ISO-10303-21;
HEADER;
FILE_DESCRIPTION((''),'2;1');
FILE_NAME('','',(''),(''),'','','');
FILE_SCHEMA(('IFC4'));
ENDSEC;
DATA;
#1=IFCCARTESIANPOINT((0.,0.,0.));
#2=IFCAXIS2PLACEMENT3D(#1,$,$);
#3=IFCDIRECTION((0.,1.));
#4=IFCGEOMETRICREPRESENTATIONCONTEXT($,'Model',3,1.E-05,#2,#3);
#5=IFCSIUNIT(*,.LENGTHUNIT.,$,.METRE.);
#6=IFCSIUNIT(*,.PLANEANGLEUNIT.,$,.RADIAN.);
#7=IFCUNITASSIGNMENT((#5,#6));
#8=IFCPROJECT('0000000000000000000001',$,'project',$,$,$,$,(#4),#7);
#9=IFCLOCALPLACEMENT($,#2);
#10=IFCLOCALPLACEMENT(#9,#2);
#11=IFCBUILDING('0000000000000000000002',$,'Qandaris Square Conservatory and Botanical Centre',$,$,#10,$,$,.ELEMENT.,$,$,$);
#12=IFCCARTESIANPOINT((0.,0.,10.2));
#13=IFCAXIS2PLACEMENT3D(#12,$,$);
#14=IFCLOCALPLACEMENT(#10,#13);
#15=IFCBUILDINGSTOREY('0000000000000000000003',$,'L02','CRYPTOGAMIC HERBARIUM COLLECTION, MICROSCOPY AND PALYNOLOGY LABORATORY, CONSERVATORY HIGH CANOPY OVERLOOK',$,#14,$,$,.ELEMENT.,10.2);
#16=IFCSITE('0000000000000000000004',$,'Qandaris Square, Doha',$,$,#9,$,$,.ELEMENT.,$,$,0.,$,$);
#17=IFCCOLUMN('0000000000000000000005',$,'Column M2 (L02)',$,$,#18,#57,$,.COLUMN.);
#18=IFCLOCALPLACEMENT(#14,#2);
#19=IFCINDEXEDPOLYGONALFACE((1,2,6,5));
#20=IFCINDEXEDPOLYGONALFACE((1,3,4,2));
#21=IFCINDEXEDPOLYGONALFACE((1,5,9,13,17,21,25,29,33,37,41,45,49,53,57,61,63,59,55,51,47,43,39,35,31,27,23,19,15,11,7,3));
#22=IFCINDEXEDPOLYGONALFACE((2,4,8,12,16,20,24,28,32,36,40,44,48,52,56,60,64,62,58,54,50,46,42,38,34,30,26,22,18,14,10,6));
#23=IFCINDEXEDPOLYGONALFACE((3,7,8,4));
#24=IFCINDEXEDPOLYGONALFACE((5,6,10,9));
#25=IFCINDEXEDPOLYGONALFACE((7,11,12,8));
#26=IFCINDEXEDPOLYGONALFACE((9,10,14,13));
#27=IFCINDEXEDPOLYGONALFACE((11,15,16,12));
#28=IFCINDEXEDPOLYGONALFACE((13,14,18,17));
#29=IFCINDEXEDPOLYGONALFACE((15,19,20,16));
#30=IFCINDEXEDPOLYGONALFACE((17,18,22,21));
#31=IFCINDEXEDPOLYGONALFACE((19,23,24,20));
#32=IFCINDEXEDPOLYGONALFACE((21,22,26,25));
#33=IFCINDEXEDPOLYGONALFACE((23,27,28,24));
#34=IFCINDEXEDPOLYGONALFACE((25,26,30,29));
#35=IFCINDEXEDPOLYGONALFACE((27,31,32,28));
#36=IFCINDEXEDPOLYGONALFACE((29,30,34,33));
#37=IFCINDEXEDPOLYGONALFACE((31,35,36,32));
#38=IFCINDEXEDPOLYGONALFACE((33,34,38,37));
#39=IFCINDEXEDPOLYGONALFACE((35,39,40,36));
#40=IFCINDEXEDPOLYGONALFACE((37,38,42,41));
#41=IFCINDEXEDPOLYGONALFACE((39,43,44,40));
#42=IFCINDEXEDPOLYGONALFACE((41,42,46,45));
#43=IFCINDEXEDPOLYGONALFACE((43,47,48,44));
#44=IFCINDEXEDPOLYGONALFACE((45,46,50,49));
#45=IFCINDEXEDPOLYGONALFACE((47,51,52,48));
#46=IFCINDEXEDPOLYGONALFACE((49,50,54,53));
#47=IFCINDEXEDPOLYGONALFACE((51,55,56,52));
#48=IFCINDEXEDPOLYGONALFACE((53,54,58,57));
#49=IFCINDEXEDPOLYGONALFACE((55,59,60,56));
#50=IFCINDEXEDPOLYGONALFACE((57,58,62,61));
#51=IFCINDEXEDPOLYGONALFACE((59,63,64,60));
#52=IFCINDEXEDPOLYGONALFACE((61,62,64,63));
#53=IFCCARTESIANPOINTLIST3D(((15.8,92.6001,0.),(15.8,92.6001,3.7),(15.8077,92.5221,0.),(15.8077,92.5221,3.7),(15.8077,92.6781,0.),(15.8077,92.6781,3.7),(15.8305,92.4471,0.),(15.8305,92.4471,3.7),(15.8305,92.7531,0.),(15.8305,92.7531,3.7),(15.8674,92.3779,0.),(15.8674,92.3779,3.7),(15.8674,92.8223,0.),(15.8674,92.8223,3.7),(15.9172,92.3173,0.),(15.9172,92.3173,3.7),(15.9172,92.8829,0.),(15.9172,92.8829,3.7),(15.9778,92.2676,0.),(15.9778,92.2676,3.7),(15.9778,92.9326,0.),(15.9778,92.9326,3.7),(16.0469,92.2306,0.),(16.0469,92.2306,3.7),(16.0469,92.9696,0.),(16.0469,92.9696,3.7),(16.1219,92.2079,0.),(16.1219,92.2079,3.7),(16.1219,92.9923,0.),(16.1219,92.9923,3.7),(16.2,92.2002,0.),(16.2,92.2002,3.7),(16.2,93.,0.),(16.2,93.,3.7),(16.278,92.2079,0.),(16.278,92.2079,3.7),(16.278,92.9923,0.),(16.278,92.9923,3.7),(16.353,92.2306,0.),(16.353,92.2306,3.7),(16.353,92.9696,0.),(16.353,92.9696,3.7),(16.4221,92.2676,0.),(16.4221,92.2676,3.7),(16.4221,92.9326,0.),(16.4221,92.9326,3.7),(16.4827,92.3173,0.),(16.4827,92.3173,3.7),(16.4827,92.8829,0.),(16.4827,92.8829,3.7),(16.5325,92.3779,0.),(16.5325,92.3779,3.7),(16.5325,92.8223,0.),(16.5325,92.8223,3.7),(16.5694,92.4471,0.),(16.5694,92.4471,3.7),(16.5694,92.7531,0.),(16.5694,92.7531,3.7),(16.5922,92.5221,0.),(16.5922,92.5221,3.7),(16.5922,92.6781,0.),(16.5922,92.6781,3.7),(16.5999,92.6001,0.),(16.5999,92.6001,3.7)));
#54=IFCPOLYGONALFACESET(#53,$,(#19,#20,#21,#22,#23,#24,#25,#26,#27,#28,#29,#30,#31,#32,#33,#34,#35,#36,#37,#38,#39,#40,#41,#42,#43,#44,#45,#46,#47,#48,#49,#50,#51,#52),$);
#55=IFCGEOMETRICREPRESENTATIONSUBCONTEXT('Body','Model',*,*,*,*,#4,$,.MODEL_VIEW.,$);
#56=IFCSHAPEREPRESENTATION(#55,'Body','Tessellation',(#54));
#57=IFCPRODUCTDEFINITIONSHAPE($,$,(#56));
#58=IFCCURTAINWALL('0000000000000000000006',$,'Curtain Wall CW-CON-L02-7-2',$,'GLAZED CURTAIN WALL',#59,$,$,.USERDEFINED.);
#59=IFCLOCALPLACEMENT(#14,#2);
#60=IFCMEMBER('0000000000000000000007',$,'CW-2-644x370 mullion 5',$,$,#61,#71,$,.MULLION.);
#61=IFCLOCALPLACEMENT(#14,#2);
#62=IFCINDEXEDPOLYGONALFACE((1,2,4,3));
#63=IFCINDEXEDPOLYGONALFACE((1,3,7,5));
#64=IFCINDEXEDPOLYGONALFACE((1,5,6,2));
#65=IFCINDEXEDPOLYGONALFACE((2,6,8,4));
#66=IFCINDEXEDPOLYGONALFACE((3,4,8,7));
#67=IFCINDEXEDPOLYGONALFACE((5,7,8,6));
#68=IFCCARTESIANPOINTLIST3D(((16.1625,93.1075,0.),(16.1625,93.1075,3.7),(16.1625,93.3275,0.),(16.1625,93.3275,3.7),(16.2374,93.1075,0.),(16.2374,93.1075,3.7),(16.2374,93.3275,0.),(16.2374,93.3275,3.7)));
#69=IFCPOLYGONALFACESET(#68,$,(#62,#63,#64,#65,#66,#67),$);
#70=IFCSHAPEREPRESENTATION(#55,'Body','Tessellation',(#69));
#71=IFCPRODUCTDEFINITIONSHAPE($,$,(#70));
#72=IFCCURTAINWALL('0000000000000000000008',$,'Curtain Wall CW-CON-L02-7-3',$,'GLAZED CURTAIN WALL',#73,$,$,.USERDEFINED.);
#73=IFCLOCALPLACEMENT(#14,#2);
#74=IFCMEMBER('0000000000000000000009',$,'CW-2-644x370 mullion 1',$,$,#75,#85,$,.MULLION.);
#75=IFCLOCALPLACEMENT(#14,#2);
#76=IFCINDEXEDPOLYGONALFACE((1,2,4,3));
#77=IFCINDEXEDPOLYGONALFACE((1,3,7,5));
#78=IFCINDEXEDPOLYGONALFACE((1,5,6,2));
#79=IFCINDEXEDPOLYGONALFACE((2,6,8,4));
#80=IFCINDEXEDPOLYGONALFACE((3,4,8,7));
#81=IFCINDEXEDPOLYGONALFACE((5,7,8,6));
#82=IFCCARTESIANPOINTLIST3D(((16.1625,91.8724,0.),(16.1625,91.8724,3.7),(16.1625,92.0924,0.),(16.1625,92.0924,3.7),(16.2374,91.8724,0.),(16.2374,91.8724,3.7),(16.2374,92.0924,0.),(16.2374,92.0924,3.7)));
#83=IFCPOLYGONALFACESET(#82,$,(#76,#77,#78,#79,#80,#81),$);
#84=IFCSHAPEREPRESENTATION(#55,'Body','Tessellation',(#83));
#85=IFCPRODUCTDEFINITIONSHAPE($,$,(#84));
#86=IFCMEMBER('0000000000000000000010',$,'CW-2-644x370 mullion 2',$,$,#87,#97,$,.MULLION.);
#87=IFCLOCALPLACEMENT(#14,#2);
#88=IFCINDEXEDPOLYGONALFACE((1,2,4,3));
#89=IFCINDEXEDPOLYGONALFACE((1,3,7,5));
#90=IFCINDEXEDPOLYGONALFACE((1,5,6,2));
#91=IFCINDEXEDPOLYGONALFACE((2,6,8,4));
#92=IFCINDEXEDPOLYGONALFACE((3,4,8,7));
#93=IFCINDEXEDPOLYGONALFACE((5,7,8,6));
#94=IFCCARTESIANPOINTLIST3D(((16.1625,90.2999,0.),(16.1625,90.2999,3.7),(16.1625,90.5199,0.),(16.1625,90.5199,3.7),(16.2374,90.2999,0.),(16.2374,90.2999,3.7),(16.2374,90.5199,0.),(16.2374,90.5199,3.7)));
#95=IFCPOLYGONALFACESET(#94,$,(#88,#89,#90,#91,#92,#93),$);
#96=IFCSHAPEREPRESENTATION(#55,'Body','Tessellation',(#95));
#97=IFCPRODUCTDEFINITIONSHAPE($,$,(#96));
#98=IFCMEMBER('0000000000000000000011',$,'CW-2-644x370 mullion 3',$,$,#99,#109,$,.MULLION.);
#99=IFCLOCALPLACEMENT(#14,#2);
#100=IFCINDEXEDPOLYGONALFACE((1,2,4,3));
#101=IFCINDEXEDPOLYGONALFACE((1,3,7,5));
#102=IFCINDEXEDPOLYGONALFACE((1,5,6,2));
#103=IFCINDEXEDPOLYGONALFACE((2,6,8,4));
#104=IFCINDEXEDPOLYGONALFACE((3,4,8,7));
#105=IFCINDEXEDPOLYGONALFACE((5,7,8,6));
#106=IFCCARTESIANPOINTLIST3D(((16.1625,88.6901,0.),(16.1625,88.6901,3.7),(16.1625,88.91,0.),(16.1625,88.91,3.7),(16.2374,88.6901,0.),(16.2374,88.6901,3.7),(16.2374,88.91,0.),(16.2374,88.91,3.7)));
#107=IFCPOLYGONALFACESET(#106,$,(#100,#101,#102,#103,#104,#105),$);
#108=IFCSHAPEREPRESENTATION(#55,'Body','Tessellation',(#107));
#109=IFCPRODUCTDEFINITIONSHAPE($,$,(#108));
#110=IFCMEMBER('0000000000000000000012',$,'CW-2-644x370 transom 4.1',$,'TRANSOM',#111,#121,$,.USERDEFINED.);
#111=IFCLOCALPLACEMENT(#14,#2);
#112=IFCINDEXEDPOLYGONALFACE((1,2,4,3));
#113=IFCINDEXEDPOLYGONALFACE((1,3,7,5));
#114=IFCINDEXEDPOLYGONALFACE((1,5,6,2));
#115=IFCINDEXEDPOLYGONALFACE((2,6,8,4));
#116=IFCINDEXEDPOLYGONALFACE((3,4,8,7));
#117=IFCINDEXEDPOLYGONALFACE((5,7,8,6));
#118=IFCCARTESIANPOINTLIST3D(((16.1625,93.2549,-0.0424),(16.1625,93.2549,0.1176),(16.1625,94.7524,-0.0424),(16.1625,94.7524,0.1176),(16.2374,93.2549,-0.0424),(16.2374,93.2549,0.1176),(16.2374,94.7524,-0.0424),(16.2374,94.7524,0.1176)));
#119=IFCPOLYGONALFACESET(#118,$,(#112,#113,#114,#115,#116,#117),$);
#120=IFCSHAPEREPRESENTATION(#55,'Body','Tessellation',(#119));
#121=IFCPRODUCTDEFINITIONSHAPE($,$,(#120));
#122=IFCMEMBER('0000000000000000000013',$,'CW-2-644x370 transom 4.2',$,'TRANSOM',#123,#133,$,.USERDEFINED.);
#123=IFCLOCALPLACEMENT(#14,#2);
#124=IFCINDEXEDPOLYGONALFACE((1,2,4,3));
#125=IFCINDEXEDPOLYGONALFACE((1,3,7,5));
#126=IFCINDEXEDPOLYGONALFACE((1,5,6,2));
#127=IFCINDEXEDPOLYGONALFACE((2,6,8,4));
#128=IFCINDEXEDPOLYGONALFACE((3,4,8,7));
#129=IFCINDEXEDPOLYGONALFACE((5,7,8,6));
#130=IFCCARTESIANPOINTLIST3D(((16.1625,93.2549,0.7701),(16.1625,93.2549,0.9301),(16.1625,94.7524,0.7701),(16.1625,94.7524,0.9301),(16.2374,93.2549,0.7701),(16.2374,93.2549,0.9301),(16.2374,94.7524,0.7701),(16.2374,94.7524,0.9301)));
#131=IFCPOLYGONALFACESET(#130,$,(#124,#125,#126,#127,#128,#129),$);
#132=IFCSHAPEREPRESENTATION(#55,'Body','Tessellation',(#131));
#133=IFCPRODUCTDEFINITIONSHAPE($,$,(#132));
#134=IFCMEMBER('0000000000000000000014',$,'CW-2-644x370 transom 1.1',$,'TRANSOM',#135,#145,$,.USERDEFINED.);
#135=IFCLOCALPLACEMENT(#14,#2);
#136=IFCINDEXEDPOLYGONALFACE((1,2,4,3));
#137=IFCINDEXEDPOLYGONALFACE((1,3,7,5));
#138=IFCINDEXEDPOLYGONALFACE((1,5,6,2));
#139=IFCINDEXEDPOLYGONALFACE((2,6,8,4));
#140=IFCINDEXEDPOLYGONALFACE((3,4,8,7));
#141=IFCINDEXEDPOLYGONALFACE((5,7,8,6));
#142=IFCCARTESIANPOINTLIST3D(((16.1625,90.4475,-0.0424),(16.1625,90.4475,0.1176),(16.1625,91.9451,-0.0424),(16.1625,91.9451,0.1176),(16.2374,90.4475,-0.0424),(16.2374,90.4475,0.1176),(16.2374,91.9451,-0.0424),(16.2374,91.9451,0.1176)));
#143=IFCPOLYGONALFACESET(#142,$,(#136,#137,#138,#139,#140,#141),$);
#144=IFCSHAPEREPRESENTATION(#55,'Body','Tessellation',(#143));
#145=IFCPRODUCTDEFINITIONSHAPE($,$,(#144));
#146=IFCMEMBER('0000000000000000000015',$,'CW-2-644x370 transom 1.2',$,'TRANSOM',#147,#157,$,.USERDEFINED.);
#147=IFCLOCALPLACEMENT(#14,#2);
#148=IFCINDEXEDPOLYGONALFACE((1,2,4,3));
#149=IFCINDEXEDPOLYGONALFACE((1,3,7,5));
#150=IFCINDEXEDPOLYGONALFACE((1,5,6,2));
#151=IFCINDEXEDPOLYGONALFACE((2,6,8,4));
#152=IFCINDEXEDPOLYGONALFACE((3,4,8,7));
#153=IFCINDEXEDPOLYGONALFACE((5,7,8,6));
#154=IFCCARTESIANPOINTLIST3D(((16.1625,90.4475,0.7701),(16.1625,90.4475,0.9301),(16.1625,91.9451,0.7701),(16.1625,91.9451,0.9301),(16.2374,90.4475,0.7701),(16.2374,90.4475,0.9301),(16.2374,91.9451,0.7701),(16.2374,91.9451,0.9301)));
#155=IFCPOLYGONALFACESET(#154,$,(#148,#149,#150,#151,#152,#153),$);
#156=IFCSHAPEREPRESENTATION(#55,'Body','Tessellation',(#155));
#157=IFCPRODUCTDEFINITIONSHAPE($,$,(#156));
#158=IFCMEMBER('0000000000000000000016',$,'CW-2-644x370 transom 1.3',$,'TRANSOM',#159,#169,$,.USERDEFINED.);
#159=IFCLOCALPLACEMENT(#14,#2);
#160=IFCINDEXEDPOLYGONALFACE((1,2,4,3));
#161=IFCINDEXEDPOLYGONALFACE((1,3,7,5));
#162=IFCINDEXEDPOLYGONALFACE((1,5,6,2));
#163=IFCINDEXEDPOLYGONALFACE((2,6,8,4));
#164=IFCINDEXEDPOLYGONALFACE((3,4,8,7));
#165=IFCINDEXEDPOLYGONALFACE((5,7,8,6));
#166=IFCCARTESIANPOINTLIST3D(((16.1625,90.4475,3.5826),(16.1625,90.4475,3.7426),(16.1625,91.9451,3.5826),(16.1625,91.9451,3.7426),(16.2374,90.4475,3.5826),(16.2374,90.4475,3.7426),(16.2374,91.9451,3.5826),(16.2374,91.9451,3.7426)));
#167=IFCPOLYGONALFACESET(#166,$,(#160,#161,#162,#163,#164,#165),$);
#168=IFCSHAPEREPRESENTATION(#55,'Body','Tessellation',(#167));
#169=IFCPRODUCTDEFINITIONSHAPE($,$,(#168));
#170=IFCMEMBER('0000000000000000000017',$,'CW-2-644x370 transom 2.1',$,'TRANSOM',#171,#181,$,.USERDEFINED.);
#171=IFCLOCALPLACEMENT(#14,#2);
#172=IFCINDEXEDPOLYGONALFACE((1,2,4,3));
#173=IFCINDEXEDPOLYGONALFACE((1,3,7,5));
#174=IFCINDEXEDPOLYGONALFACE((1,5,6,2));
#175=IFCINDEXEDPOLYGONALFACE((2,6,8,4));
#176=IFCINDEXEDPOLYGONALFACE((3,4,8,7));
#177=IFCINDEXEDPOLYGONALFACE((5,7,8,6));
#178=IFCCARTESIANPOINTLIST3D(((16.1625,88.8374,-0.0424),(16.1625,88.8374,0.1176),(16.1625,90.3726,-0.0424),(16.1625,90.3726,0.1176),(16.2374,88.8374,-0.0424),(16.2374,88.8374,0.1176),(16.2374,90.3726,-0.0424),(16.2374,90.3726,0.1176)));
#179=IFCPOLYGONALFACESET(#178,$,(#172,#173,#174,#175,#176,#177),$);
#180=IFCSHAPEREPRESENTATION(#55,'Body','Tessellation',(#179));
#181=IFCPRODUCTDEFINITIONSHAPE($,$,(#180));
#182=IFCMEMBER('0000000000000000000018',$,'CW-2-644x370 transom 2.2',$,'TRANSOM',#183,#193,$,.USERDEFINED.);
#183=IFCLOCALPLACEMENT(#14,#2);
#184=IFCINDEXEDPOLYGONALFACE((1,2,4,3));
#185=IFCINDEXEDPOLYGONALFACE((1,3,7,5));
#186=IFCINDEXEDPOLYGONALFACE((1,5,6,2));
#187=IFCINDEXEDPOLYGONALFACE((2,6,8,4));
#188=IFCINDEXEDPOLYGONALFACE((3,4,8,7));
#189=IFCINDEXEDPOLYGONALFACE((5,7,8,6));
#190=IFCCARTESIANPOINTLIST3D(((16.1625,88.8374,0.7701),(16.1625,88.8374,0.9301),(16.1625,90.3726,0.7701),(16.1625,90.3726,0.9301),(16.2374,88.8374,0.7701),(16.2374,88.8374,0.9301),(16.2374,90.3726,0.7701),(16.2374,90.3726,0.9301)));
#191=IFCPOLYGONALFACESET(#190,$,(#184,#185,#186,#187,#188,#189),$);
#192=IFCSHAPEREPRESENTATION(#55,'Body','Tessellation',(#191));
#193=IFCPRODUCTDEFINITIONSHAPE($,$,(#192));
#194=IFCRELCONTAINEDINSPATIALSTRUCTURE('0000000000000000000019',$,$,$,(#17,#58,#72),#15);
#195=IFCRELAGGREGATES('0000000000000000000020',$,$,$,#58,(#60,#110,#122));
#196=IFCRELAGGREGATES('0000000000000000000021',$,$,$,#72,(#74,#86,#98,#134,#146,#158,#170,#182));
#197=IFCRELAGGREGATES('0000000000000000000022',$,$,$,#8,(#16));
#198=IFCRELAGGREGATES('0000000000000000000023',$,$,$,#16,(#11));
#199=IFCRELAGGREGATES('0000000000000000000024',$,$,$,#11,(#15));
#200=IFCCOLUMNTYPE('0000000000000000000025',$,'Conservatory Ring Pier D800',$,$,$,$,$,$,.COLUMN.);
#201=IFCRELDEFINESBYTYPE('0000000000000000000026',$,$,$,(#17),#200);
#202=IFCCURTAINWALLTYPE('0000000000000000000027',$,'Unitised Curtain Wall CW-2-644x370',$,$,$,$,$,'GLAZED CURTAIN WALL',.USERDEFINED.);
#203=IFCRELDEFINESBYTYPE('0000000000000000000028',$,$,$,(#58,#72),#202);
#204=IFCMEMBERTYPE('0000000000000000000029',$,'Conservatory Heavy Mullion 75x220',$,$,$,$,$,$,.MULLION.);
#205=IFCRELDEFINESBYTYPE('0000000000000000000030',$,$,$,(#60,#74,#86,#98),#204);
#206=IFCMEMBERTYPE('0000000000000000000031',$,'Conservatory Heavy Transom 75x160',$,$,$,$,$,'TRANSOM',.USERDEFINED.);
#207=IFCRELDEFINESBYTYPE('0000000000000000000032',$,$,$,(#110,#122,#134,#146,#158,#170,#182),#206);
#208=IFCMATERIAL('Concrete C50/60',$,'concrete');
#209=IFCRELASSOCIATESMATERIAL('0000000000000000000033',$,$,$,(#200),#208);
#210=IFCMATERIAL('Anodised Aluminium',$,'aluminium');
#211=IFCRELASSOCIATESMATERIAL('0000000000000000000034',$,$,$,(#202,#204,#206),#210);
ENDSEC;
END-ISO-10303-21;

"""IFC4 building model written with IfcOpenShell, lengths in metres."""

from ifc_helpers import new_model, si_unit, direction, frame, origin, origin_2d, place, context, subcontext, project, spatial, rectangle, circle, extrude, material, material_profile, profile_set, type_object, element, aggregate, save


model = new_model("IFC4")

# Units and contexts
model_context = context("Model", 3, precision=1e-05, world=origin(), true_north=direction((0.0, 1.0)))
body_context = subcontext(model_context, "Body", "Model", "MODEL_VIEW")
ifc_project = project(units=[si_unit("LENGTHUNIT", "METRE"), si_unit("PLANEANGLEUNIT", "RADIAN")], contexts=[model_context])

# Site, building, storey
site_placement = place(None, origin())
site = spatial("IfcSite", under=ifc_project, at=site_placement, Name="Qandaris Square, Doha", CompositionType="ELEMENT", RefElevation=0.0)
building_placement = place(site_placement, origin())
building = spatial("IfcBuilding", under=site, at=building_placement, Name="Qandaris Square Conservatory and Botanical Centre", CompositionType="ELEMENT")
storey_placement = place(building_placement, frame((0.0, 0.0, 10.2)))
storey = spatial("IfcBuildingStorey", under=building, at=storey_placement, Name="L02", Description="CRYPTOGAMIC HERBARIUM COLLECTION, MICROSCOPY AND PALYNOLOGY LABORATORY, CONSERVATORY HIGH CANOPY OVERLOOK", CompositionType="ELEMENT", Elevation=10.2)

# Column
ifc_material_1 = material(Name="Concrete C50/60", Category="concrete")
ifc_material_profile_1 = material_profile(ifc_material_1, circle(Radius=0.3999, at=origin_2d()), Name="RC-COL D800")
ifc_profile_set_1 = profile_set([ifc_material_profile_1], Name="Concrete C50/60")
column_type = type_object("IfcColumnType", Name="Conservatory Ring Pier D800", PredefinedType="COLUMN", material=ifc_profile_set_1)
column_placement = place(storey_placement, frame((16.2, 92.6001, 0.0), z_axis=(0.0, 0.0, 1.0), x_axis=(1.0, 0.0, 0.0)))
element("IfcColumn", 1, at=column_placement, inside=storey, type_object=column_type, Name="Column M2 (L02)", PredefinedType="COLUMN", context=body_context, shape_type="SweptSolid", body=[
    extrude(circle(Radius=0.3999, at=origin_2d()), origin(), (0.0, 0.0, 1.0), 3.7),
])

# Curtain wall, member
ifc_material_2 = material(Name="Anodised Aluminium", Category="aluminium")
curtain_wall_type = type_object("IfcCurtainWallType", Name="Unitised Curtain Wall CW-2-644x370", ElementType="GLAZED CURTAIN WALL", PredefinedType="USERDEFINED", material=ifc_material_2)
curtain_wall_1_placement = place(storey_placement, origin())
curtain_wall_1 = element("IfcCurtainWall", 2, at=curtain_wall_1_placement, inside=storey, type_object=curtain_wall_type, Name="Curtain Wall CW-CON-L02-7-2", ObjectType="GLAZED CURTAIN WALL", PredefinedType="USERDEFINED")
ifc_material_profile_2 = material_profile(ifc_material_2, rectangle(XDim=0.075, YDim=0.22, at=origin_2d()), Name="ALU-MUL 75x220")
ifc_profile_set_2 = profile_set([ifc_material_profile_2], Name="Anodised Aluminium")
member_type_1 = type_object("IfcMemberType", Name="Conservatory Heavy Mullion 75x220", PredefinedType="MULLION", material=ifc_profile_set_2)
member_1_placement = place(storey_placement, frame((16.2, 93.2175, 0.0), z_axis=(0.0, 0.0, 1.0), x_axis=(1.0, 0.0, 0.0)))
member_1 = element("IfcMember", 3, at=member_1_placement, type_object=member_type_1, Name="CW-2-644x370 mullion 5", PredefinedType="MULLION", context=body_context, shape_type="SweptSolid", body=[
    extrude(rectangle(XDim=0.075, YDim=0.22, at=origin_2d()), origin(), (0.0, 0.0, 1.0), 3.7),
])

# Curtain wall, members
curtain_wall_2_placement = place(storey_placement, origin())
curtain_wall_2 = element("IfcCurtainWall", 4, at=curtain_wall_2_placement, inside=storey, type_object=curtain_wall_type, Name="Curtain Wall CW-CON-L02-7-3", ObjectType="GLAZED CURTAIN WALL", PredefinedType="USERDEFINED")
member_2_placement = place(storey_placement, frame((16.2, 91.9824, 0.0), z_axis=(0.0, 0.0, 1.0), x_axis=(1.0, 0.0, 0.0)))
member_2 = element("IfcMember", 5, at=member_2_placement, type_object=member_type_1, Name="CW-2-644x370 mullion 1", PredefinedType="MULLION", context=body_context, shape_type="SweptSolid", body=[
    extrude(rectangle(XDim=0.075, YDim=0.22, at=origin_2d()), origin(), (0.0, 0.0, 1.0), 3.7),
])
member_3_placement = place(storey_placement, frame((16.2, 90.4099, 0.0), z_axis=(0.0, 0.0, 1.0), x_axis=(1.0, 0.0, 0.0)))
member_3 = element("IfcMember", 6, at=member_3_placement, type_object=member_type_1, Name="CW-2-644x370 mullion 2", PredefinedType="MULLION", context=body_context, shape_type="SweptSolid", body=[
    extrude(rectangle(XDim=0.075, YDim=0.22, at=origin_2d()), origin(), (0.0, 0.0, 1.0), 3.7),
])
member_4_placement = place(storey_placement, frame((16.2, 88.8, 0.0), z_axis=(0.0, 0.0, 1.0), x_axis=(1.0, 0.0, 0.0)))
member_4 = element("IfcMember", 7, at=member_4_placement, type_object=member_type_1, Name="CW-2-644x370 mullion 3", PredefinedType="MULLION", context=body_context, shape_type="SweptSolid", body=[
    extrude(rectangle(XDim=0.075, YDim=0.22, at=origin_2d()), origin(), (0.0, 0.0, 1.0), 3.7),
])

# Members
ifc_material_profile_3 = material_profile(ifc_material_2, rectangle(XDim=0.075, YDim=0.1599, at=origin_2d()), Name="ALU-TRN 75x160")
ifc_profile_set_3 = profile_set([ifc_material_profile_3], Name="Anodised Aluminium")
member_type_2 = type_object("IfcMemberType", Name="Conservatory Heavy Transom 75x160", ElementType="TRANSOM", PredefinedType="USERDEFINED", material=ifc_profile_set_3)
member_5_placement = place(storey_placement, frame((16.2, 94.7524, 0.0376), z_axis=(0.0, -1.0, 0.0), x_axis=(1.0, 0.0, 0.0)))
member_5 = element("IfcMember", 8, at=member_5_placement, type_object=member_type_2, Name="CW-2-644x370 transom 4.1", ObjectType="TRANSOM", PredefinedType="USERDEFINED", context=body_context, shape_type="SweptSolid", body=[
    extrude(rectangle(XDim=0.075, YDim=0.1599, at=origin_2d()), origin(), (0.0, 0.0, 1.0), 1.4976),
])
member_6_placement = place(storey_placement, frame((16.2, 94.7524, 0.8501), z_axis=(0.0, -1.0, 0.0), x_axis=(1.0, 0.0, 0.0)))
member_6 = element("IfcMember", 9, at=member_6_placement, type_object=member_type_2, Name="CW-2-644x370 transom 4.2", ObjectType="TRANSOM", PredefinedType="USERDEFINED", context=body_context, shape_type="SweptSolid", body=[
    extrude(rectangle(XDim=0.075, YDim=0.1599, at=origin_2d()), origin(), (0.0, 0.0, 1.0), 1.4976),
])
member_7_placement = place(storey_placement, frame((16.2, 91.9451, 0.0376), z_axis=(0.0, -1.0, 0.0), x_axis=(1.0, 0.0, 0.0)))
member_7 = element("IfcMember", 10, at=member_7_placement, type_object=member_type_2, Name="CW-2-644x370 transom 1.1", ObjectType="TRANSOM", PredefinedType="USERDEFINED", context=body_context, shape_type="SweptSolid", body=[
    extrude(rectangle(XDim=0.075, YDim=0.1599, at=origin_2d()), origin(), (0.0, 0.0, 1.0), 1.4976),
])
member_8_placement = place(storey_placement, frame((16.2, 91.9451, 0.8501), z_axis=(0.0, -1.0, 0.0), x_axis=(1.0, 0.0, 0.0)))
member_8 = element("IfcMember", 11, at=member_8_placement, type_object=member_type_2, Name="CW-2-644x370 transom 1.2", ObjectType="TRANSOM", PredefinedType="USERDEFINED", context=body_context, shape_type="SweptSolid", body=[
    extrude(rectangle(XDim=0.075, YDim=0.1599, at=origin_2d()), origin(), (0.0, 0.0, 1.0), 1.4976),
])
member_9_placement = place(storey_placement, frame((16.2, 91.9451, 3.6626), z_axis=(0.0, -1.0, 0.0), x_axis=(1.0, 0.0, 0.0)))
member_9 = element("IfcMember", 12, at=member_9_placement, type_object=member_type_2, Name="CW-2-644x370 transom 1.3", ObjectType="TRANSOM", PredefinedType="USERDEFINED", context=body_context, shape_type="SweptSolid", body=[
    extrude(rectangle(XDim=0.075, YDim=0.1599, at=origin_2d()), origin(), (0.0, 0.0, 1.0), 1.4976),
])
member_10_placement = place(storey_placement, frame((16.2, 90.3726, 0.0376), z_axis=(0.0, -1.0, 0.0), x_axis=(1.0, 0.0, 0.0)))
member_10 = element("IfcMember", 13, at=member_10_placement, type_object=member_type_2, Name="CW-2-644x370 transom 2.1", ObjectType="TRANSOM", PredefinedType="USERDEFINED", context=body_context, shape_type="SweptSolid", body=[
    extrude(rectangle(XDim=0.075, YDim=0.1599, at=origin_2d()), origin(), (0.0, 0.0, 1.0), 1.5352),
])
member_11_placement = place(storey_placement, frame((16.2, 90.3726, 0.8501), z_axis=(0.0, -1.0, 0.0), x_axis=(1.0, 0.0, 0.0)))
member_11 = element("IfcMember", 14, at=member_11_placement, type_object=member_type_2, Name="CW-2-644x370 transom 2.2", ObjectType="TRANSOM", PredefinedType="USERDEFINED", context=body_context, shape_type="SweptSolid", body=[
    extrude(rectangle(XDim=0.075, YDim=0.1599, at=origin_2d()), origin(), (0.0, 0.0, 1.0), 1.5352),
])

aggregate(curtain_wall_1, [member_1, member_5, member_6])
aggregate(curtain_wall_2, [member_2, member_3, member_4, member_7, member_8, member_9, member_10, member_11])

save(model, "model.ifc")
